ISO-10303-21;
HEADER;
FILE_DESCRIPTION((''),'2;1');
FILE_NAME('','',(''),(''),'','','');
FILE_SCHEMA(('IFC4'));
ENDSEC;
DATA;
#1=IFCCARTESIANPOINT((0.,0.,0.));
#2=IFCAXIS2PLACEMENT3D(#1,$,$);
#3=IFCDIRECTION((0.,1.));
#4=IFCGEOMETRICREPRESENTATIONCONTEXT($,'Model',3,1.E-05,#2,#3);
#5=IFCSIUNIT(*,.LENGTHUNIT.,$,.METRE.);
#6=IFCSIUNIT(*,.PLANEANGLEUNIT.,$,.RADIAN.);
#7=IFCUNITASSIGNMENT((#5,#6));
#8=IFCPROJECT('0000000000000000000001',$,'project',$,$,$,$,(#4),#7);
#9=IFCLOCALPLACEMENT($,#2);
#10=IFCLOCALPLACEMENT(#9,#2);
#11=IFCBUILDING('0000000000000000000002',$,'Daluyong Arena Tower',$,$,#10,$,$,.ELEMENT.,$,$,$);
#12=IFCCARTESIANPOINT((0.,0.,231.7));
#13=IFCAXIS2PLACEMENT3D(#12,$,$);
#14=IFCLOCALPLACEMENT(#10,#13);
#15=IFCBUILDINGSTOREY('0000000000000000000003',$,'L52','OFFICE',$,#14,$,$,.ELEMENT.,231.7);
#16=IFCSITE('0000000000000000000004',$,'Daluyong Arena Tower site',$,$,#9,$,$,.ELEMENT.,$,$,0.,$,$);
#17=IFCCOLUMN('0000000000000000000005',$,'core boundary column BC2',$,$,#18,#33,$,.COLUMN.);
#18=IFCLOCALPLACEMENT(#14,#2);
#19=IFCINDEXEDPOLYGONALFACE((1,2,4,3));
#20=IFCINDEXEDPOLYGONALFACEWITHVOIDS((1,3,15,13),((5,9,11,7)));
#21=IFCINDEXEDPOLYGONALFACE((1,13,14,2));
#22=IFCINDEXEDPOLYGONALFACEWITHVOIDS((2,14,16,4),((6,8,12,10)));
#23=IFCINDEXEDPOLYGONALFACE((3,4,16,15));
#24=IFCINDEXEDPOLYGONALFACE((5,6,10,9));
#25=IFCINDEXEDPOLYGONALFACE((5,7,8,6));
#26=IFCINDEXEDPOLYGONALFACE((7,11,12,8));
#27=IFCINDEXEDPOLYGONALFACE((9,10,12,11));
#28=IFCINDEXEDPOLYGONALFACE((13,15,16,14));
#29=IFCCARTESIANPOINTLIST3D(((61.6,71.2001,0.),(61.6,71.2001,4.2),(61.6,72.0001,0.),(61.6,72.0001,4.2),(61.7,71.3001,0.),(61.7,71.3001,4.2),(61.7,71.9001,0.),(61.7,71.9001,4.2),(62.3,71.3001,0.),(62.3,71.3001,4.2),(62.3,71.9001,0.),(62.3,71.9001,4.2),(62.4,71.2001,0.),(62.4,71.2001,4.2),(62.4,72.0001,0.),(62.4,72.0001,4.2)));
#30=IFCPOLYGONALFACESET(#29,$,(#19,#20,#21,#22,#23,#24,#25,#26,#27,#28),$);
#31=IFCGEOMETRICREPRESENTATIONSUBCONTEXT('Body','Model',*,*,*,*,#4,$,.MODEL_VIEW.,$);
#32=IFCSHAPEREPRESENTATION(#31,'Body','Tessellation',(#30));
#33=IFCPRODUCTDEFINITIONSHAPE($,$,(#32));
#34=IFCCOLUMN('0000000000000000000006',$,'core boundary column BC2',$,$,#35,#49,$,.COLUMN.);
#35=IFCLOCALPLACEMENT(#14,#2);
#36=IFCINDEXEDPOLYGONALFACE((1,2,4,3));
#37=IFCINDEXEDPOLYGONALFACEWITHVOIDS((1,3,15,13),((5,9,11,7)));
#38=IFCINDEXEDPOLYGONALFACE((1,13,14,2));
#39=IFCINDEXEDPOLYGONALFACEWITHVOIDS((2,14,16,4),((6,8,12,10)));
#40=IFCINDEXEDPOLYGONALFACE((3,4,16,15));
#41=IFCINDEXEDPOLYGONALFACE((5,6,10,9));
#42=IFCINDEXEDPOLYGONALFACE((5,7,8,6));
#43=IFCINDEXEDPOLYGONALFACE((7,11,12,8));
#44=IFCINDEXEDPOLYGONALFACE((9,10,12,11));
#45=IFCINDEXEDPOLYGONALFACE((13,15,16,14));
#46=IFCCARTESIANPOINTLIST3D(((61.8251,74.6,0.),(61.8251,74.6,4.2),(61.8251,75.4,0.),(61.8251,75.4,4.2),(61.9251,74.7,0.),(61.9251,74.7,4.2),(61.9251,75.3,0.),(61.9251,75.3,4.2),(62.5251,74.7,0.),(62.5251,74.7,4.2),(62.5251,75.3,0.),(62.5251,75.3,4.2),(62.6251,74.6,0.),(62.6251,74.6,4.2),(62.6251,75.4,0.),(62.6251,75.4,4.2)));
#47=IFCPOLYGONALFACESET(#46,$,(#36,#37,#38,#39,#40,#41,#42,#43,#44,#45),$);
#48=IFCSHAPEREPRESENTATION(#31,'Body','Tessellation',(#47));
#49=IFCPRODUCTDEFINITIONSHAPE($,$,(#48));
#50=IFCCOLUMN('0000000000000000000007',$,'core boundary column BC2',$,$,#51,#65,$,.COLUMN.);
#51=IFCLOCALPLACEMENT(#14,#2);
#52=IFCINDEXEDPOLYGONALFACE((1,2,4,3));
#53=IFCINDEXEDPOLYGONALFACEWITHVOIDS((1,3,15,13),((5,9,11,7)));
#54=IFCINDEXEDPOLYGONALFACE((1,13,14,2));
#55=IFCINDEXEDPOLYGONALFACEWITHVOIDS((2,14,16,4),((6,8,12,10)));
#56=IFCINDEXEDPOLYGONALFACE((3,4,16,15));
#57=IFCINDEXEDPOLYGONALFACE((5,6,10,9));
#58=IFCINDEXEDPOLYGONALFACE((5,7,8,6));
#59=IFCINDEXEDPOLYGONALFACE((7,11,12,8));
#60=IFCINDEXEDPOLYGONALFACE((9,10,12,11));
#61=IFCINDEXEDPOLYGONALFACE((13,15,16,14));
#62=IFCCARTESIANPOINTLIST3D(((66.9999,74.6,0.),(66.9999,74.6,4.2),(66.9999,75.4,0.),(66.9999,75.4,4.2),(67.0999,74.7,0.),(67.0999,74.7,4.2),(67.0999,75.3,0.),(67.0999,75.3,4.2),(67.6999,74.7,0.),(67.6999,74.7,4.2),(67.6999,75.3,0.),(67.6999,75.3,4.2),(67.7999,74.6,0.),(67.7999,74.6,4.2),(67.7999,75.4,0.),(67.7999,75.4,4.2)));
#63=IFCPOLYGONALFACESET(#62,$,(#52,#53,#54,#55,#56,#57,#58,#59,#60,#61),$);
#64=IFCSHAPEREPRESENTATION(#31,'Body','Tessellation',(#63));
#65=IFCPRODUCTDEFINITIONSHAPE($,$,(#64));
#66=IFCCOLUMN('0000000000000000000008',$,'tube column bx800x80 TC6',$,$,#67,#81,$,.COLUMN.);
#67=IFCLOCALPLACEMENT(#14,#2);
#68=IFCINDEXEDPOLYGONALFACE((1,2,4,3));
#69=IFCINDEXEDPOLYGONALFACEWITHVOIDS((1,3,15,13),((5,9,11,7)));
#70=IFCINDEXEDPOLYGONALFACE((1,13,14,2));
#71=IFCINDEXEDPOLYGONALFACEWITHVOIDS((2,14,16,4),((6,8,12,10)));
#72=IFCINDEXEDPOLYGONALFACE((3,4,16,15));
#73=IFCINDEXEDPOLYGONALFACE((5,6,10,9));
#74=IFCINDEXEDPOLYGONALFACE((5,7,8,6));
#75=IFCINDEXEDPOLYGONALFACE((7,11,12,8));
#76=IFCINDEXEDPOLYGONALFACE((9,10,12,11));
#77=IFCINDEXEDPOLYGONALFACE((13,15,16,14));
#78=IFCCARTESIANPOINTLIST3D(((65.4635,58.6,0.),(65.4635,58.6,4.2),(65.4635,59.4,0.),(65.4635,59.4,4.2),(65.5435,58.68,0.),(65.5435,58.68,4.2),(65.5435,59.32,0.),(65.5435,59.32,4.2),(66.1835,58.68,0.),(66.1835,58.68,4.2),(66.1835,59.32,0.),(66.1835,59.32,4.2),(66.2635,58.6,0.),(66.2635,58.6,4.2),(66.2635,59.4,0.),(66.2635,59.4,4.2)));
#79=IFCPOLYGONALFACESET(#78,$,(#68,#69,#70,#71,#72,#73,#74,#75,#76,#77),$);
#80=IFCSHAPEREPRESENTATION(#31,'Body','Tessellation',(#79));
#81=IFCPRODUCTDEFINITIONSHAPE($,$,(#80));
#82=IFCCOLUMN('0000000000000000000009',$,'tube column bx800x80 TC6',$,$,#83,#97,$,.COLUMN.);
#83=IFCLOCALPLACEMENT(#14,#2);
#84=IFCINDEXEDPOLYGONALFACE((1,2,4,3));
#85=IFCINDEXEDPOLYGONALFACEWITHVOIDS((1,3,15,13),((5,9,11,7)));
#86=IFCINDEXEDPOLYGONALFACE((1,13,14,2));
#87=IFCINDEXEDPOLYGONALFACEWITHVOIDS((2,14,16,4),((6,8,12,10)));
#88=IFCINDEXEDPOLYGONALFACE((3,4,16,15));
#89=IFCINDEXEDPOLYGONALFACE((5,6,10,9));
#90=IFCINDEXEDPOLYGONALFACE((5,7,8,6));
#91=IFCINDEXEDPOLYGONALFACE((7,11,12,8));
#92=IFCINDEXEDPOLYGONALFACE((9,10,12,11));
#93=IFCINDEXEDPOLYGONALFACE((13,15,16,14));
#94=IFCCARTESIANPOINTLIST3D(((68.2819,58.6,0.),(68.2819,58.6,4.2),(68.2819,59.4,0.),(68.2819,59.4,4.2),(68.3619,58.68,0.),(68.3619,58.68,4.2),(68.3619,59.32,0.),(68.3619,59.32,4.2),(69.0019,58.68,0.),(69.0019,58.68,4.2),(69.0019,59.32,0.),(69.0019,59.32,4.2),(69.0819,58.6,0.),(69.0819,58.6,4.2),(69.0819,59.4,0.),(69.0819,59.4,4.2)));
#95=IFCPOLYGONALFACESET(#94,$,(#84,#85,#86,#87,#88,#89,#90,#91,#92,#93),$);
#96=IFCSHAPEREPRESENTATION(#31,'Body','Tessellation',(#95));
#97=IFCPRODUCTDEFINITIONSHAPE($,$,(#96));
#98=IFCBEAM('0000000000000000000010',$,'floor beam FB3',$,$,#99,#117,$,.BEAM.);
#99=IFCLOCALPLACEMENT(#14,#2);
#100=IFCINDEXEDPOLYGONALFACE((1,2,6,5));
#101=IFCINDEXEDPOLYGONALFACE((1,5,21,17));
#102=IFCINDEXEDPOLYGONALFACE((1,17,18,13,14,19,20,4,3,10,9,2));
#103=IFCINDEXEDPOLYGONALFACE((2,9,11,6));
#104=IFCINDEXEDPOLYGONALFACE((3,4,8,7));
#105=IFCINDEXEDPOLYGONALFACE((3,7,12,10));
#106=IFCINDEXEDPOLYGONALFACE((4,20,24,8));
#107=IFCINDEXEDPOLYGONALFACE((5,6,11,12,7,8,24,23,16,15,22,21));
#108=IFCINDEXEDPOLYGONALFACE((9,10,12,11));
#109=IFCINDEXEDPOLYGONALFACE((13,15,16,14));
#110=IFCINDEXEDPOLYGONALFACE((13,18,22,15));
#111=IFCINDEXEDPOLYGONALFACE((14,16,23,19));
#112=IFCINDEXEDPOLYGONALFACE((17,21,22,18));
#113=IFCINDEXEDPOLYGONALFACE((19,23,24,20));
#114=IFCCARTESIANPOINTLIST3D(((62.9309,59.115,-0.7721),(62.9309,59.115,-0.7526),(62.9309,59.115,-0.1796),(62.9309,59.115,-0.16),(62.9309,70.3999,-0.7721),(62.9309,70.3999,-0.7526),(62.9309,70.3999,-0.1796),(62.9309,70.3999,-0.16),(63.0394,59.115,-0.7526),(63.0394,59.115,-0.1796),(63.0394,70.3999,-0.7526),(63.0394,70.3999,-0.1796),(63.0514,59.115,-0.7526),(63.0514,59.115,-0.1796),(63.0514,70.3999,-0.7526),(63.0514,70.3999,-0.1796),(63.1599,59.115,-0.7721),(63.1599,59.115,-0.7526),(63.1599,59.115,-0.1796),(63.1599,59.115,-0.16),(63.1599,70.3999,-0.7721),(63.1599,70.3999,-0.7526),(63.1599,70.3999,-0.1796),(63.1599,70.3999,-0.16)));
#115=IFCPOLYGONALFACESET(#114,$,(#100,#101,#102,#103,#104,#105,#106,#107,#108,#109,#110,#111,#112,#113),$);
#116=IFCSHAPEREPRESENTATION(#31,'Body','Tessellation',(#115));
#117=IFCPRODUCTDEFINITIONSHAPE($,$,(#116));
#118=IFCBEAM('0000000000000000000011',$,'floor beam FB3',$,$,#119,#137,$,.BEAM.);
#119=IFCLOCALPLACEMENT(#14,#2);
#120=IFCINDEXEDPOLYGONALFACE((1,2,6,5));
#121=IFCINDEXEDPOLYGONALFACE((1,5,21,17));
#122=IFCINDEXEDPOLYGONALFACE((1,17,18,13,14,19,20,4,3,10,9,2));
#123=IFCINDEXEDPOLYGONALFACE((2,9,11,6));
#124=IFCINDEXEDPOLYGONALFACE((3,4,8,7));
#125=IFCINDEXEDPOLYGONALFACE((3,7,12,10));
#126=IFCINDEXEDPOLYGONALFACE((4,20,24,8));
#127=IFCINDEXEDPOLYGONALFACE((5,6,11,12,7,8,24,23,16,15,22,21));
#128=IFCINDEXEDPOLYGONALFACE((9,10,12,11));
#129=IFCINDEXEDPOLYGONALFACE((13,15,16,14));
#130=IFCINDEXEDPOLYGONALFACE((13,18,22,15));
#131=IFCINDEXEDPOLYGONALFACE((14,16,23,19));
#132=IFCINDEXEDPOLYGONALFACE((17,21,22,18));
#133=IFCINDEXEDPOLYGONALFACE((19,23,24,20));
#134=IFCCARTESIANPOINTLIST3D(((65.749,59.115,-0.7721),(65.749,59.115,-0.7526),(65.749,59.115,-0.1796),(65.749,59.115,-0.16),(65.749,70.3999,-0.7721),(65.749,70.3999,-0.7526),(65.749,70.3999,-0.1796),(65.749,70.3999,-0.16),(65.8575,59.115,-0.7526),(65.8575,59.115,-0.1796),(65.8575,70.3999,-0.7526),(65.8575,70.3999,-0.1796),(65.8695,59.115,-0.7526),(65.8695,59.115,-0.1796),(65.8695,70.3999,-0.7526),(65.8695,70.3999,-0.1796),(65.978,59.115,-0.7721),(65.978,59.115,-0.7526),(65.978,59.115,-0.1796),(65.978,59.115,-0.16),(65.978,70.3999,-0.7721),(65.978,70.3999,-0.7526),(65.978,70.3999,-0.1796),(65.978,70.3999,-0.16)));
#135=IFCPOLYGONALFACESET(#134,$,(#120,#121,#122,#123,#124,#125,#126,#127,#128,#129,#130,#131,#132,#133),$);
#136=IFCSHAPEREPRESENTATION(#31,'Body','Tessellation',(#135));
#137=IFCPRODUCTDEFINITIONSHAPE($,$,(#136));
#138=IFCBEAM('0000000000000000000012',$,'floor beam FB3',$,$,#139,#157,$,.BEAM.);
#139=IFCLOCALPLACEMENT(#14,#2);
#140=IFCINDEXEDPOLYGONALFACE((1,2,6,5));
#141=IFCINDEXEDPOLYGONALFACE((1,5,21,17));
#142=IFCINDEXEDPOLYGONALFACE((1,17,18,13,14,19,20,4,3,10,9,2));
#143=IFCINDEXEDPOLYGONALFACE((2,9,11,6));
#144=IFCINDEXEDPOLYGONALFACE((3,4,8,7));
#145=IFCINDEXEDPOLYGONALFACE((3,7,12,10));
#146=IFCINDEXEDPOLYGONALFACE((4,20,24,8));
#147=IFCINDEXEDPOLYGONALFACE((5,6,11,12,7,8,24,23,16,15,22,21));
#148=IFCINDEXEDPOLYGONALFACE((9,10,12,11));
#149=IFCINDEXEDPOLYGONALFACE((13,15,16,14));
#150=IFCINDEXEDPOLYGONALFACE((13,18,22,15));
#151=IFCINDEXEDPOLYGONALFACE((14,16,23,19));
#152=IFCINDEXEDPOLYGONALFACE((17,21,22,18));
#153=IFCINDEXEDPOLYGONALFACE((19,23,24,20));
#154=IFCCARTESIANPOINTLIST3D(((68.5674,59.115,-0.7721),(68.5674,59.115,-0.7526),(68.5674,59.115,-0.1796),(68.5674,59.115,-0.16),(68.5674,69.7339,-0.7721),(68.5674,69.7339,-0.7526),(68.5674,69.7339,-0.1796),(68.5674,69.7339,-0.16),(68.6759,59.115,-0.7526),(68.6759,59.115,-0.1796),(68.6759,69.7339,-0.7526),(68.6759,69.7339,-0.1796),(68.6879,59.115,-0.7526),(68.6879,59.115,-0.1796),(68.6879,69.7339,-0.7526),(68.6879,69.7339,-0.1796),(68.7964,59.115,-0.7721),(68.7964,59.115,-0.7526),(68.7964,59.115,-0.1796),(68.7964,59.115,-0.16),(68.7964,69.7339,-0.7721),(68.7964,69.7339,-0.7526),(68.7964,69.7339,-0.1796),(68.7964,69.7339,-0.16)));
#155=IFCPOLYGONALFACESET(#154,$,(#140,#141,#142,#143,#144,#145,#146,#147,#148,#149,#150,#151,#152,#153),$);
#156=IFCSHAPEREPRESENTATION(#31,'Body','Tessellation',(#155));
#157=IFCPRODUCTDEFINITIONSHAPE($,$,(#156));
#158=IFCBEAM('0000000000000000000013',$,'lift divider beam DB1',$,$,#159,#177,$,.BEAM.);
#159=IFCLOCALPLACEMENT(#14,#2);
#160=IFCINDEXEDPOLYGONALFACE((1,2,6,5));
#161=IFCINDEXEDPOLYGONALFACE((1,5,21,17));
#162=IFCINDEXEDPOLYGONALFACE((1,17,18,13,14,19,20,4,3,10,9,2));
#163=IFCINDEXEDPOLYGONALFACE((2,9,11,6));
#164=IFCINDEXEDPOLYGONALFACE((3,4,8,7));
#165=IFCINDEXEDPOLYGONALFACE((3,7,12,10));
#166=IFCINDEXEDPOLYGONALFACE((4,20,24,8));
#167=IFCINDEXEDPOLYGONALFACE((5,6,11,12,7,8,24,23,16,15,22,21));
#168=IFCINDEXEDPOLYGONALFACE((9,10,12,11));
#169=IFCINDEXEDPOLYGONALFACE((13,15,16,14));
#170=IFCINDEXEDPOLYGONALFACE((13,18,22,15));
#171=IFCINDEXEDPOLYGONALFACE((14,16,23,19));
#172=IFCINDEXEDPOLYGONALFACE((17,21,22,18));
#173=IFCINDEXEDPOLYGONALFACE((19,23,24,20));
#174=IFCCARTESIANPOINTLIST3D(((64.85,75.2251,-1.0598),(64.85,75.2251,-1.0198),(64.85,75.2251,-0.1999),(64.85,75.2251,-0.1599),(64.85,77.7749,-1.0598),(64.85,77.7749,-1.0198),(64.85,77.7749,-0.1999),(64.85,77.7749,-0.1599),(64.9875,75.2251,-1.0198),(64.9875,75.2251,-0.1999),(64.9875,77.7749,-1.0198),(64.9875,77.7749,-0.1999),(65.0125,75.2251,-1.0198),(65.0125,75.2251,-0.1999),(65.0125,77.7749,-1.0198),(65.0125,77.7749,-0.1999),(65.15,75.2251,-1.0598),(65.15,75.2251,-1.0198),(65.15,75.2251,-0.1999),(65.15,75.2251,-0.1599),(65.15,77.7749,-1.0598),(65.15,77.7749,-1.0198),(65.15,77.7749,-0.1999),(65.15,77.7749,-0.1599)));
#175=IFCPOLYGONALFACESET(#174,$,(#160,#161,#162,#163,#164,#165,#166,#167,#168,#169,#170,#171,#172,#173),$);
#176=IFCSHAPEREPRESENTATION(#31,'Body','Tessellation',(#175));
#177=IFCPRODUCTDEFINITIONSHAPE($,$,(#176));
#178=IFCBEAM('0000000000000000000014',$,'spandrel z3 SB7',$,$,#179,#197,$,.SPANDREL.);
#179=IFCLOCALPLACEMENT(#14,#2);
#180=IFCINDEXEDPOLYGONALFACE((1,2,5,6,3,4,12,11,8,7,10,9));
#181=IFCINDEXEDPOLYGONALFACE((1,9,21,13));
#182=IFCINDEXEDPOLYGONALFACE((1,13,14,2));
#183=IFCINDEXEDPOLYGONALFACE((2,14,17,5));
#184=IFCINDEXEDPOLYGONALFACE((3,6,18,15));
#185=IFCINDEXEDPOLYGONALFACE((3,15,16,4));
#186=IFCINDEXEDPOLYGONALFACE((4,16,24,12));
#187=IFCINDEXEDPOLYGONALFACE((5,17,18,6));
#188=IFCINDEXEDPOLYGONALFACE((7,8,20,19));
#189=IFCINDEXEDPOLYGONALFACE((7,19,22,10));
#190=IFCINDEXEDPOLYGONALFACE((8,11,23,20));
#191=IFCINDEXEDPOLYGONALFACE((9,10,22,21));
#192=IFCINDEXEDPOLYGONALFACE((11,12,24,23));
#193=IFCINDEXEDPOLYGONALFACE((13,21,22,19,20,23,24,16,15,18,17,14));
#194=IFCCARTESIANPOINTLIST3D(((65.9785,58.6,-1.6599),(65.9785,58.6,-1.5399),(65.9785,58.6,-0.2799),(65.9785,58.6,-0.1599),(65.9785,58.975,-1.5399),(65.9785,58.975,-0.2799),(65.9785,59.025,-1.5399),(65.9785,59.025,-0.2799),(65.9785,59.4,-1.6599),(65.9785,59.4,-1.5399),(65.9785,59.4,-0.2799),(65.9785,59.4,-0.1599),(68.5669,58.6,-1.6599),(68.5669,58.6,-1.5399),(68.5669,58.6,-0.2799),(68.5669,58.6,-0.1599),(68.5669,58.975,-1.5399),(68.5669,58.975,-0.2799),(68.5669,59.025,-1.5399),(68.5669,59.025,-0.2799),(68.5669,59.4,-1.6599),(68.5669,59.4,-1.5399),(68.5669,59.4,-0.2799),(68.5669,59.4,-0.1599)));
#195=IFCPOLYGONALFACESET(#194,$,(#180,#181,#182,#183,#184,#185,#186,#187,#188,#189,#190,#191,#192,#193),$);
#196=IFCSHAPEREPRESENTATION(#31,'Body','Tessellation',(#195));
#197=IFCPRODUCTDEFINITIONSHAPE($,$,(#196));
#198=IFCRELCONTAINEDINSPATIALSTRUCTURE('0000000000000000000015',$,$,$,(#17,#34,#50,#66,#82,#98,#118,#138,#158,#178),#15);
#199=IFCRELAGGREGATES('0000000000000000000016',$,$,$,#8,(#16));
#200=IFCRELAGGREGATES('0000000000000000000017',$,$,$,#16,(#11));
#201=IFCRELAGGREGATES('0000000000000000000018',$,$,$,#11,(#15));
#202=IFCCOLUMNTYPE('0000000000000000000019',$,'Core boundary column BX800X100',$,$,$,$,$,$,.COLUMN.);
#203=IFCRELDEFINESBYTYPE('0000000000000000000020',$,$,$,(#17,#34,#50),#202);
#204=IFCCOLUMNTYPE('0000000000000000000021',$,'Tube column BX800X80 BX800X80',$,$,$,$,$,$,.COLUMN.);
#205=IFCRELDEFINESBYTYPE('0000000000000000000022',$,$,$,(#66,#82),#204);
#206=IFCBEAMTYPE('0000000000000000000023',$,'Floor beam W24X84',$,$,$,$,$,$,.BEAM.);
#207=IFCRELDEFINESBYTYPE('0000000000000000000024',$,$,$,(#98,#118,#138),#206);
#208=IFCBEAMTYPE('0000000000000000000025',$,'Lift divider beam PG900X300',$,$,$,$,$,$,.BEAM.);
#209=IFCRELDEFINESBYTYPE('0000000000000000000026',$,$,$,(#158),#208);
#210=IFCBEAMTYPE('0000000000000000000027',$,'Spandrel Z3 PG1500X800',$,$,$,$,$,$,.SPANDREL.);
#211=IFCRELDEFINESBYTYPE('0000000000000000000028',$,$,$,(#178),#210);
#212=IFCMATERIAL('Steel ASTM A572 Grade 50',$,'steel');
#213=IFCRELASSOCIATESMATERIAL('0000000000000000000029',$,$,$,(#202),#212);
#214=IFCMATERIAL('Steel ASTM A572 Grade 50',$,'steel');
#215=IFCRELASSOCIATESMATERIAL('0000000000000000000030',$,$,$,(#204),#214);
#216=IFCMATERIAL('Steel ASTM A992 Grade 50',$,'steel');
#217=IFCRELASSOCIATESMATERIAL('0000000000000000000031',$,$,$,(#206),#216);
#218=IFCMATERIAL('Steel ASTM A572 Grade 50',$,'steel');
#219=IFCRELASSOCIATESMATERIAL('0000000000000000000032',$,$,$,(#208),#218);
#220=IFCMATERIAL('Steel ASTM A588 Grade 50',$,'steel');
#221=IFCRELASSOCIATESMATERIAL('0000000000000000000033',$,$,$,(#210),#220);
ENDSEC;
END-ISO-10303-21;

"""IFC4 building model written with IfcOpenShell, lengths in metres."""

from ifc_helpers import new_model, si_unit, direction, frame, origin, origin_2d, place, context, subcontext, project, spatial, hollow_rectangle, i_section, extrude, material, material_profile, profile_set, type_object, element, save


model = new_model("IFC4")

# Units and contexts
model_context = context("Model", 3, precision=1e-05, world=origin(), true_north=direction((0.0, 1.0)))
body_context = subcontext(model_context, "Body", "Model", "MODEL_VIEW")
ifc_project = project(units=[si_unit("LENGTHUNIT", "METRE"), si_unit("PLANEANGLEUNIT", "RADIAN")], contexts=[model_context])

# Site, building, storey
site_placement = place(None, origin())
site = spatial("IfcSite", under=ifc_project, at=site_placement, Name="Daluyong Arena Tower site", CompositionType="ELEMENT", RefElevation=0.0)
building_placement = place(site_placement, origin())
building = spatial("IfcBuilding", under=site, at=building_placement, Name="Daluyong Arena Tower", CompositionType="ELEMENT")
storey_placement = place(building_placement, frame((0.0, 0.0, 231.7)))
storey = spatial("IfcBuildingStorey", under=building, at=storey_placement, Name="L52", Description="OFFICE", CompositionType="ELEMENT", Elevation=231.7)

# Columns
ifc_material_1 = material(Name="Steel ASTM A572 Grade 50", Category="steel")
ifc_material_profile_1 = material_profile(ifc_material_1, hollow_rectangle(XDim=0.8, YDim=0.8, WallThickness=0.1, at=origin_2d()))
ifc_profile_set_1 = profile_set([ifc_material_profile_1], Name="Steel ASTM A572 Grade 50")
column_type_1 = type_object("IfcColumnType", Name="Core boundary column BX800X100", PredefinedType="COLUMN", material=ifc_profile_set_1)
for number, where, z_axis, x_axis, name in (
    (1, (62.0, 71.6001, 0.0), (0.0, 0.0, 1.0), (1.0, 0.0, 0.0), "core boundary column BC2"),
    (2, (62.2251, 75.0, 0.0), (0.0, 0.0, 1.0), (1.0, 0.0, 0.0), "core boundary column BC2"),
    (3, (67.3999, 75.0, 0.0), (0.0, 0.0, 1.0), (1.0, 0.0, 0.0), "core boundary column BC2"),
):
    element("IfcColumn", number, at=place(storey_placement, frame(where, z_axis=z_axis, x_axis=x_axis)), inside=storey, type_object=column_type_1, Name=name, PredefinedType="COLUMN", context=body_context, shape_type="SweptSolid", body=[
        extrude(hollow_rectangle(XDim=0.8, YDim=0.8, WallThickness=0.1, at=origin_2d()), origin(), (0.0, 0.0, 1.0), 4.2),
    ])
ifc_material_2 = material(Name="Steel ASTM A572 Grade 50", Category="steel")
ifc_material_profile_2 = material_profile(ifc_material_2, hollow_rectangle(XDim=0.8, YDim=0.8, WallThickness=0.08, at=origin_2d()))
ifc_profile_set_2 = profile_set([ifc_material_profile_2], Name="Steel ASTM A572 Grade 50")
column_type_2 = type_object("IfcColumnType", Name="Tube column BX800X80 BX800X80", PredefinedType="COLUMN", material=ifc_profile_set_2)
for number, where, z_axis, x_axis, name in (
    (4, (65.8635, 59.0, 0.0), (0.0, 0.0, 1.0), (1.0, 0.0, 0.0), "tube column bx800x80 TC6"),
    (5, (68.6819, 59.0, 0.0), (0.0, 0.0, 1.0), (1.0, 0.0, 0.0), "tube column bx800x80 TC6"),
):
    element("IfcColumn", number, at=place(storey_placement, frame(where, z_axis=z_axis, x_axis=x_axis)), inside=storey, type_object=column_type_2, Name=name, PredefinedType="COLUMN", context=body_context, shape_type="SweptSolid", body=[
        extrude(hollow_rectangle(XDim=0.8, YDim=0.8, WallThickness=0.08, at=origin_2d()), origin(), (0.0, 0.0, 1.0), 4.2),
    ])

# Beams
ifc_material_3 = material(Name="Steel ASTM A992 Grade 50", Category="steel")
ifc_material_profile_3 = material_profile(ifc_material_3, i_section(OverallWidth=0.229, OverallDepth=0.6121, WebThickness=0.012, FlangeThickness=0.0195, at=origin_2d()))
ifc_profile_set_3 = profile_set([ifc_material_profile_3], Name="Steel ASTM A992 Grade 50")
beam_type_1 = type_object("IfcBeamType", Name="Floor beam W24X84", PredefinedType="BEAM", material=ifc_profile_set_3)
for number, where, z_axis, x_axis, name in (
    (6, (63.0454, 59.115, -0.4661), (0.0, 1.0, 0.0), (-1.0, 0.0, 0.0), "floor beam FB3"),
    (7, (65.8635, 59.115, -0.4661), (0.0, 1.0, 0.0), (-1.0, 0.0, 0.0), "floor beam FB3"),
):
    element("IfcBeam", number, at=place(storey_placement, frame(where, z_axis=z_axis, x_axis=x_axis)), inside=storey, type_object=beam_type_1, Name=name, PredefinedType="BEAM", context=body_context, shape_type="SweptSolid", body=[
        extrude(i_section(OverallWidth=0.229, OverallDepth=0.6121, WebThickness=0.012, FlangeThickness=0.0195, at=origin_2d()), origin(), (0.0, 0.0, 1.0), 11.2849),
    ])
beam_1_placement = place(storey_placement, frame((68.6819, 59.115, -0.4661), z_axis=(0.0, 1.0, 0.0), x_axis=(-1.0, 0.0, 0.0)))
element("IfcBeam", 8, at=beam_1_placement, inside=storey, type_object=beam_type_1, Name="floor beam FB3", PredefinedType="BEAM", context=body_context, shape_type="SweptSolid", body=[
    extrude(i_section(OverallWidth=0.229, OverallDepth=0.6121, WebThickness=0.012, FlangeThickness=0.0195, at=origin_2d()), origin(), (0.0, 0.0, 1.0), 10.6189),
])
ifc_material_4 = material(Name="Steel ASTM A572 Grade 50", Category="steel")
ifc_material_profile_4 = material_profile(ifc_material_4, i_section(OverallWidth=0.3, OverallDepth=0.8999, WebThickness=0.025, FlangeThickness=0.04, at=origin_2d()))
ifc_profile_set_4 = profile_set([ifc_material_profile_4], Name="Steel ASTM A572 Grade 50")
beam_type_2 = type_object("IfcBeamType", Name="Lift divider beam PG900X300", PredefinedType="BEAM", material=ifc_profile_set_4)
beam_2_placement = place(storey_placement, frame((65.0, 75.2251, -0.6099), z_axis=(0.0, 1.0, 0.0), x_axis=(-1.0, 0.0, 0.0)))
element("IfcBeam", 9, at=beam_2_placement, inside=storey, type_object=beam_type_2, Name="lift divider beam DB1", PredefinedType="BEAM", context=body_context, shape_type="SweptSolid", body=[
    extrude(i_section(OverallWidth=0.3, OverallDepth=0.8999, WebThickness=0.025, FlangeThickness=0.04, at=origin_2d()), origin(), (0.0, 0.0, 1.0), 2.5498),
])
ifc_material_5 = material(Name="Steel ASTM A588 Grade 50", Category="steel")
ifc_material_profile_5 = material_profile(ifc_material_5, i_section(OverallWidth=0.8, OverallDepth=1.5, WebThickness=0.05, FlangeThickness=0.12, at=origin_2d()))
ifc_profile_set_5 = profile_set([ifc_material_profile_5], Name="Steel ASTM A588 Grade 50")
beam_type_3 = type_object("IfcBeamType", Name="Spandrel Z3 PG1500X800", PredefinedType="SPANDREL", material=ifc_profile_set_5)
beam_3_placement = place(storey_placement, frame((65.9785, 59.0, -0.9099), z_axis=(1.0, 0.0, 0.0), x_axis=(0.0, 1.0, 0.0)))
element("IfcBeam", 10, at=beam_3_placement, inside=storey, type_object=beam_type_3, Name="spandrel z3 SB7", PredefinedType="SPANDREL", context=body_context, shape_type="SweptSolid", body=[
    extrude(i_section(OverallWidth=0.8, OverallDepth=1.5, WebThickness=0.05, FlangeThickness=0.12, at=origin_2d()), origin(), (0.0, 0.0, 1.0), 2.5884),
])

save(model, "model.ifc")
